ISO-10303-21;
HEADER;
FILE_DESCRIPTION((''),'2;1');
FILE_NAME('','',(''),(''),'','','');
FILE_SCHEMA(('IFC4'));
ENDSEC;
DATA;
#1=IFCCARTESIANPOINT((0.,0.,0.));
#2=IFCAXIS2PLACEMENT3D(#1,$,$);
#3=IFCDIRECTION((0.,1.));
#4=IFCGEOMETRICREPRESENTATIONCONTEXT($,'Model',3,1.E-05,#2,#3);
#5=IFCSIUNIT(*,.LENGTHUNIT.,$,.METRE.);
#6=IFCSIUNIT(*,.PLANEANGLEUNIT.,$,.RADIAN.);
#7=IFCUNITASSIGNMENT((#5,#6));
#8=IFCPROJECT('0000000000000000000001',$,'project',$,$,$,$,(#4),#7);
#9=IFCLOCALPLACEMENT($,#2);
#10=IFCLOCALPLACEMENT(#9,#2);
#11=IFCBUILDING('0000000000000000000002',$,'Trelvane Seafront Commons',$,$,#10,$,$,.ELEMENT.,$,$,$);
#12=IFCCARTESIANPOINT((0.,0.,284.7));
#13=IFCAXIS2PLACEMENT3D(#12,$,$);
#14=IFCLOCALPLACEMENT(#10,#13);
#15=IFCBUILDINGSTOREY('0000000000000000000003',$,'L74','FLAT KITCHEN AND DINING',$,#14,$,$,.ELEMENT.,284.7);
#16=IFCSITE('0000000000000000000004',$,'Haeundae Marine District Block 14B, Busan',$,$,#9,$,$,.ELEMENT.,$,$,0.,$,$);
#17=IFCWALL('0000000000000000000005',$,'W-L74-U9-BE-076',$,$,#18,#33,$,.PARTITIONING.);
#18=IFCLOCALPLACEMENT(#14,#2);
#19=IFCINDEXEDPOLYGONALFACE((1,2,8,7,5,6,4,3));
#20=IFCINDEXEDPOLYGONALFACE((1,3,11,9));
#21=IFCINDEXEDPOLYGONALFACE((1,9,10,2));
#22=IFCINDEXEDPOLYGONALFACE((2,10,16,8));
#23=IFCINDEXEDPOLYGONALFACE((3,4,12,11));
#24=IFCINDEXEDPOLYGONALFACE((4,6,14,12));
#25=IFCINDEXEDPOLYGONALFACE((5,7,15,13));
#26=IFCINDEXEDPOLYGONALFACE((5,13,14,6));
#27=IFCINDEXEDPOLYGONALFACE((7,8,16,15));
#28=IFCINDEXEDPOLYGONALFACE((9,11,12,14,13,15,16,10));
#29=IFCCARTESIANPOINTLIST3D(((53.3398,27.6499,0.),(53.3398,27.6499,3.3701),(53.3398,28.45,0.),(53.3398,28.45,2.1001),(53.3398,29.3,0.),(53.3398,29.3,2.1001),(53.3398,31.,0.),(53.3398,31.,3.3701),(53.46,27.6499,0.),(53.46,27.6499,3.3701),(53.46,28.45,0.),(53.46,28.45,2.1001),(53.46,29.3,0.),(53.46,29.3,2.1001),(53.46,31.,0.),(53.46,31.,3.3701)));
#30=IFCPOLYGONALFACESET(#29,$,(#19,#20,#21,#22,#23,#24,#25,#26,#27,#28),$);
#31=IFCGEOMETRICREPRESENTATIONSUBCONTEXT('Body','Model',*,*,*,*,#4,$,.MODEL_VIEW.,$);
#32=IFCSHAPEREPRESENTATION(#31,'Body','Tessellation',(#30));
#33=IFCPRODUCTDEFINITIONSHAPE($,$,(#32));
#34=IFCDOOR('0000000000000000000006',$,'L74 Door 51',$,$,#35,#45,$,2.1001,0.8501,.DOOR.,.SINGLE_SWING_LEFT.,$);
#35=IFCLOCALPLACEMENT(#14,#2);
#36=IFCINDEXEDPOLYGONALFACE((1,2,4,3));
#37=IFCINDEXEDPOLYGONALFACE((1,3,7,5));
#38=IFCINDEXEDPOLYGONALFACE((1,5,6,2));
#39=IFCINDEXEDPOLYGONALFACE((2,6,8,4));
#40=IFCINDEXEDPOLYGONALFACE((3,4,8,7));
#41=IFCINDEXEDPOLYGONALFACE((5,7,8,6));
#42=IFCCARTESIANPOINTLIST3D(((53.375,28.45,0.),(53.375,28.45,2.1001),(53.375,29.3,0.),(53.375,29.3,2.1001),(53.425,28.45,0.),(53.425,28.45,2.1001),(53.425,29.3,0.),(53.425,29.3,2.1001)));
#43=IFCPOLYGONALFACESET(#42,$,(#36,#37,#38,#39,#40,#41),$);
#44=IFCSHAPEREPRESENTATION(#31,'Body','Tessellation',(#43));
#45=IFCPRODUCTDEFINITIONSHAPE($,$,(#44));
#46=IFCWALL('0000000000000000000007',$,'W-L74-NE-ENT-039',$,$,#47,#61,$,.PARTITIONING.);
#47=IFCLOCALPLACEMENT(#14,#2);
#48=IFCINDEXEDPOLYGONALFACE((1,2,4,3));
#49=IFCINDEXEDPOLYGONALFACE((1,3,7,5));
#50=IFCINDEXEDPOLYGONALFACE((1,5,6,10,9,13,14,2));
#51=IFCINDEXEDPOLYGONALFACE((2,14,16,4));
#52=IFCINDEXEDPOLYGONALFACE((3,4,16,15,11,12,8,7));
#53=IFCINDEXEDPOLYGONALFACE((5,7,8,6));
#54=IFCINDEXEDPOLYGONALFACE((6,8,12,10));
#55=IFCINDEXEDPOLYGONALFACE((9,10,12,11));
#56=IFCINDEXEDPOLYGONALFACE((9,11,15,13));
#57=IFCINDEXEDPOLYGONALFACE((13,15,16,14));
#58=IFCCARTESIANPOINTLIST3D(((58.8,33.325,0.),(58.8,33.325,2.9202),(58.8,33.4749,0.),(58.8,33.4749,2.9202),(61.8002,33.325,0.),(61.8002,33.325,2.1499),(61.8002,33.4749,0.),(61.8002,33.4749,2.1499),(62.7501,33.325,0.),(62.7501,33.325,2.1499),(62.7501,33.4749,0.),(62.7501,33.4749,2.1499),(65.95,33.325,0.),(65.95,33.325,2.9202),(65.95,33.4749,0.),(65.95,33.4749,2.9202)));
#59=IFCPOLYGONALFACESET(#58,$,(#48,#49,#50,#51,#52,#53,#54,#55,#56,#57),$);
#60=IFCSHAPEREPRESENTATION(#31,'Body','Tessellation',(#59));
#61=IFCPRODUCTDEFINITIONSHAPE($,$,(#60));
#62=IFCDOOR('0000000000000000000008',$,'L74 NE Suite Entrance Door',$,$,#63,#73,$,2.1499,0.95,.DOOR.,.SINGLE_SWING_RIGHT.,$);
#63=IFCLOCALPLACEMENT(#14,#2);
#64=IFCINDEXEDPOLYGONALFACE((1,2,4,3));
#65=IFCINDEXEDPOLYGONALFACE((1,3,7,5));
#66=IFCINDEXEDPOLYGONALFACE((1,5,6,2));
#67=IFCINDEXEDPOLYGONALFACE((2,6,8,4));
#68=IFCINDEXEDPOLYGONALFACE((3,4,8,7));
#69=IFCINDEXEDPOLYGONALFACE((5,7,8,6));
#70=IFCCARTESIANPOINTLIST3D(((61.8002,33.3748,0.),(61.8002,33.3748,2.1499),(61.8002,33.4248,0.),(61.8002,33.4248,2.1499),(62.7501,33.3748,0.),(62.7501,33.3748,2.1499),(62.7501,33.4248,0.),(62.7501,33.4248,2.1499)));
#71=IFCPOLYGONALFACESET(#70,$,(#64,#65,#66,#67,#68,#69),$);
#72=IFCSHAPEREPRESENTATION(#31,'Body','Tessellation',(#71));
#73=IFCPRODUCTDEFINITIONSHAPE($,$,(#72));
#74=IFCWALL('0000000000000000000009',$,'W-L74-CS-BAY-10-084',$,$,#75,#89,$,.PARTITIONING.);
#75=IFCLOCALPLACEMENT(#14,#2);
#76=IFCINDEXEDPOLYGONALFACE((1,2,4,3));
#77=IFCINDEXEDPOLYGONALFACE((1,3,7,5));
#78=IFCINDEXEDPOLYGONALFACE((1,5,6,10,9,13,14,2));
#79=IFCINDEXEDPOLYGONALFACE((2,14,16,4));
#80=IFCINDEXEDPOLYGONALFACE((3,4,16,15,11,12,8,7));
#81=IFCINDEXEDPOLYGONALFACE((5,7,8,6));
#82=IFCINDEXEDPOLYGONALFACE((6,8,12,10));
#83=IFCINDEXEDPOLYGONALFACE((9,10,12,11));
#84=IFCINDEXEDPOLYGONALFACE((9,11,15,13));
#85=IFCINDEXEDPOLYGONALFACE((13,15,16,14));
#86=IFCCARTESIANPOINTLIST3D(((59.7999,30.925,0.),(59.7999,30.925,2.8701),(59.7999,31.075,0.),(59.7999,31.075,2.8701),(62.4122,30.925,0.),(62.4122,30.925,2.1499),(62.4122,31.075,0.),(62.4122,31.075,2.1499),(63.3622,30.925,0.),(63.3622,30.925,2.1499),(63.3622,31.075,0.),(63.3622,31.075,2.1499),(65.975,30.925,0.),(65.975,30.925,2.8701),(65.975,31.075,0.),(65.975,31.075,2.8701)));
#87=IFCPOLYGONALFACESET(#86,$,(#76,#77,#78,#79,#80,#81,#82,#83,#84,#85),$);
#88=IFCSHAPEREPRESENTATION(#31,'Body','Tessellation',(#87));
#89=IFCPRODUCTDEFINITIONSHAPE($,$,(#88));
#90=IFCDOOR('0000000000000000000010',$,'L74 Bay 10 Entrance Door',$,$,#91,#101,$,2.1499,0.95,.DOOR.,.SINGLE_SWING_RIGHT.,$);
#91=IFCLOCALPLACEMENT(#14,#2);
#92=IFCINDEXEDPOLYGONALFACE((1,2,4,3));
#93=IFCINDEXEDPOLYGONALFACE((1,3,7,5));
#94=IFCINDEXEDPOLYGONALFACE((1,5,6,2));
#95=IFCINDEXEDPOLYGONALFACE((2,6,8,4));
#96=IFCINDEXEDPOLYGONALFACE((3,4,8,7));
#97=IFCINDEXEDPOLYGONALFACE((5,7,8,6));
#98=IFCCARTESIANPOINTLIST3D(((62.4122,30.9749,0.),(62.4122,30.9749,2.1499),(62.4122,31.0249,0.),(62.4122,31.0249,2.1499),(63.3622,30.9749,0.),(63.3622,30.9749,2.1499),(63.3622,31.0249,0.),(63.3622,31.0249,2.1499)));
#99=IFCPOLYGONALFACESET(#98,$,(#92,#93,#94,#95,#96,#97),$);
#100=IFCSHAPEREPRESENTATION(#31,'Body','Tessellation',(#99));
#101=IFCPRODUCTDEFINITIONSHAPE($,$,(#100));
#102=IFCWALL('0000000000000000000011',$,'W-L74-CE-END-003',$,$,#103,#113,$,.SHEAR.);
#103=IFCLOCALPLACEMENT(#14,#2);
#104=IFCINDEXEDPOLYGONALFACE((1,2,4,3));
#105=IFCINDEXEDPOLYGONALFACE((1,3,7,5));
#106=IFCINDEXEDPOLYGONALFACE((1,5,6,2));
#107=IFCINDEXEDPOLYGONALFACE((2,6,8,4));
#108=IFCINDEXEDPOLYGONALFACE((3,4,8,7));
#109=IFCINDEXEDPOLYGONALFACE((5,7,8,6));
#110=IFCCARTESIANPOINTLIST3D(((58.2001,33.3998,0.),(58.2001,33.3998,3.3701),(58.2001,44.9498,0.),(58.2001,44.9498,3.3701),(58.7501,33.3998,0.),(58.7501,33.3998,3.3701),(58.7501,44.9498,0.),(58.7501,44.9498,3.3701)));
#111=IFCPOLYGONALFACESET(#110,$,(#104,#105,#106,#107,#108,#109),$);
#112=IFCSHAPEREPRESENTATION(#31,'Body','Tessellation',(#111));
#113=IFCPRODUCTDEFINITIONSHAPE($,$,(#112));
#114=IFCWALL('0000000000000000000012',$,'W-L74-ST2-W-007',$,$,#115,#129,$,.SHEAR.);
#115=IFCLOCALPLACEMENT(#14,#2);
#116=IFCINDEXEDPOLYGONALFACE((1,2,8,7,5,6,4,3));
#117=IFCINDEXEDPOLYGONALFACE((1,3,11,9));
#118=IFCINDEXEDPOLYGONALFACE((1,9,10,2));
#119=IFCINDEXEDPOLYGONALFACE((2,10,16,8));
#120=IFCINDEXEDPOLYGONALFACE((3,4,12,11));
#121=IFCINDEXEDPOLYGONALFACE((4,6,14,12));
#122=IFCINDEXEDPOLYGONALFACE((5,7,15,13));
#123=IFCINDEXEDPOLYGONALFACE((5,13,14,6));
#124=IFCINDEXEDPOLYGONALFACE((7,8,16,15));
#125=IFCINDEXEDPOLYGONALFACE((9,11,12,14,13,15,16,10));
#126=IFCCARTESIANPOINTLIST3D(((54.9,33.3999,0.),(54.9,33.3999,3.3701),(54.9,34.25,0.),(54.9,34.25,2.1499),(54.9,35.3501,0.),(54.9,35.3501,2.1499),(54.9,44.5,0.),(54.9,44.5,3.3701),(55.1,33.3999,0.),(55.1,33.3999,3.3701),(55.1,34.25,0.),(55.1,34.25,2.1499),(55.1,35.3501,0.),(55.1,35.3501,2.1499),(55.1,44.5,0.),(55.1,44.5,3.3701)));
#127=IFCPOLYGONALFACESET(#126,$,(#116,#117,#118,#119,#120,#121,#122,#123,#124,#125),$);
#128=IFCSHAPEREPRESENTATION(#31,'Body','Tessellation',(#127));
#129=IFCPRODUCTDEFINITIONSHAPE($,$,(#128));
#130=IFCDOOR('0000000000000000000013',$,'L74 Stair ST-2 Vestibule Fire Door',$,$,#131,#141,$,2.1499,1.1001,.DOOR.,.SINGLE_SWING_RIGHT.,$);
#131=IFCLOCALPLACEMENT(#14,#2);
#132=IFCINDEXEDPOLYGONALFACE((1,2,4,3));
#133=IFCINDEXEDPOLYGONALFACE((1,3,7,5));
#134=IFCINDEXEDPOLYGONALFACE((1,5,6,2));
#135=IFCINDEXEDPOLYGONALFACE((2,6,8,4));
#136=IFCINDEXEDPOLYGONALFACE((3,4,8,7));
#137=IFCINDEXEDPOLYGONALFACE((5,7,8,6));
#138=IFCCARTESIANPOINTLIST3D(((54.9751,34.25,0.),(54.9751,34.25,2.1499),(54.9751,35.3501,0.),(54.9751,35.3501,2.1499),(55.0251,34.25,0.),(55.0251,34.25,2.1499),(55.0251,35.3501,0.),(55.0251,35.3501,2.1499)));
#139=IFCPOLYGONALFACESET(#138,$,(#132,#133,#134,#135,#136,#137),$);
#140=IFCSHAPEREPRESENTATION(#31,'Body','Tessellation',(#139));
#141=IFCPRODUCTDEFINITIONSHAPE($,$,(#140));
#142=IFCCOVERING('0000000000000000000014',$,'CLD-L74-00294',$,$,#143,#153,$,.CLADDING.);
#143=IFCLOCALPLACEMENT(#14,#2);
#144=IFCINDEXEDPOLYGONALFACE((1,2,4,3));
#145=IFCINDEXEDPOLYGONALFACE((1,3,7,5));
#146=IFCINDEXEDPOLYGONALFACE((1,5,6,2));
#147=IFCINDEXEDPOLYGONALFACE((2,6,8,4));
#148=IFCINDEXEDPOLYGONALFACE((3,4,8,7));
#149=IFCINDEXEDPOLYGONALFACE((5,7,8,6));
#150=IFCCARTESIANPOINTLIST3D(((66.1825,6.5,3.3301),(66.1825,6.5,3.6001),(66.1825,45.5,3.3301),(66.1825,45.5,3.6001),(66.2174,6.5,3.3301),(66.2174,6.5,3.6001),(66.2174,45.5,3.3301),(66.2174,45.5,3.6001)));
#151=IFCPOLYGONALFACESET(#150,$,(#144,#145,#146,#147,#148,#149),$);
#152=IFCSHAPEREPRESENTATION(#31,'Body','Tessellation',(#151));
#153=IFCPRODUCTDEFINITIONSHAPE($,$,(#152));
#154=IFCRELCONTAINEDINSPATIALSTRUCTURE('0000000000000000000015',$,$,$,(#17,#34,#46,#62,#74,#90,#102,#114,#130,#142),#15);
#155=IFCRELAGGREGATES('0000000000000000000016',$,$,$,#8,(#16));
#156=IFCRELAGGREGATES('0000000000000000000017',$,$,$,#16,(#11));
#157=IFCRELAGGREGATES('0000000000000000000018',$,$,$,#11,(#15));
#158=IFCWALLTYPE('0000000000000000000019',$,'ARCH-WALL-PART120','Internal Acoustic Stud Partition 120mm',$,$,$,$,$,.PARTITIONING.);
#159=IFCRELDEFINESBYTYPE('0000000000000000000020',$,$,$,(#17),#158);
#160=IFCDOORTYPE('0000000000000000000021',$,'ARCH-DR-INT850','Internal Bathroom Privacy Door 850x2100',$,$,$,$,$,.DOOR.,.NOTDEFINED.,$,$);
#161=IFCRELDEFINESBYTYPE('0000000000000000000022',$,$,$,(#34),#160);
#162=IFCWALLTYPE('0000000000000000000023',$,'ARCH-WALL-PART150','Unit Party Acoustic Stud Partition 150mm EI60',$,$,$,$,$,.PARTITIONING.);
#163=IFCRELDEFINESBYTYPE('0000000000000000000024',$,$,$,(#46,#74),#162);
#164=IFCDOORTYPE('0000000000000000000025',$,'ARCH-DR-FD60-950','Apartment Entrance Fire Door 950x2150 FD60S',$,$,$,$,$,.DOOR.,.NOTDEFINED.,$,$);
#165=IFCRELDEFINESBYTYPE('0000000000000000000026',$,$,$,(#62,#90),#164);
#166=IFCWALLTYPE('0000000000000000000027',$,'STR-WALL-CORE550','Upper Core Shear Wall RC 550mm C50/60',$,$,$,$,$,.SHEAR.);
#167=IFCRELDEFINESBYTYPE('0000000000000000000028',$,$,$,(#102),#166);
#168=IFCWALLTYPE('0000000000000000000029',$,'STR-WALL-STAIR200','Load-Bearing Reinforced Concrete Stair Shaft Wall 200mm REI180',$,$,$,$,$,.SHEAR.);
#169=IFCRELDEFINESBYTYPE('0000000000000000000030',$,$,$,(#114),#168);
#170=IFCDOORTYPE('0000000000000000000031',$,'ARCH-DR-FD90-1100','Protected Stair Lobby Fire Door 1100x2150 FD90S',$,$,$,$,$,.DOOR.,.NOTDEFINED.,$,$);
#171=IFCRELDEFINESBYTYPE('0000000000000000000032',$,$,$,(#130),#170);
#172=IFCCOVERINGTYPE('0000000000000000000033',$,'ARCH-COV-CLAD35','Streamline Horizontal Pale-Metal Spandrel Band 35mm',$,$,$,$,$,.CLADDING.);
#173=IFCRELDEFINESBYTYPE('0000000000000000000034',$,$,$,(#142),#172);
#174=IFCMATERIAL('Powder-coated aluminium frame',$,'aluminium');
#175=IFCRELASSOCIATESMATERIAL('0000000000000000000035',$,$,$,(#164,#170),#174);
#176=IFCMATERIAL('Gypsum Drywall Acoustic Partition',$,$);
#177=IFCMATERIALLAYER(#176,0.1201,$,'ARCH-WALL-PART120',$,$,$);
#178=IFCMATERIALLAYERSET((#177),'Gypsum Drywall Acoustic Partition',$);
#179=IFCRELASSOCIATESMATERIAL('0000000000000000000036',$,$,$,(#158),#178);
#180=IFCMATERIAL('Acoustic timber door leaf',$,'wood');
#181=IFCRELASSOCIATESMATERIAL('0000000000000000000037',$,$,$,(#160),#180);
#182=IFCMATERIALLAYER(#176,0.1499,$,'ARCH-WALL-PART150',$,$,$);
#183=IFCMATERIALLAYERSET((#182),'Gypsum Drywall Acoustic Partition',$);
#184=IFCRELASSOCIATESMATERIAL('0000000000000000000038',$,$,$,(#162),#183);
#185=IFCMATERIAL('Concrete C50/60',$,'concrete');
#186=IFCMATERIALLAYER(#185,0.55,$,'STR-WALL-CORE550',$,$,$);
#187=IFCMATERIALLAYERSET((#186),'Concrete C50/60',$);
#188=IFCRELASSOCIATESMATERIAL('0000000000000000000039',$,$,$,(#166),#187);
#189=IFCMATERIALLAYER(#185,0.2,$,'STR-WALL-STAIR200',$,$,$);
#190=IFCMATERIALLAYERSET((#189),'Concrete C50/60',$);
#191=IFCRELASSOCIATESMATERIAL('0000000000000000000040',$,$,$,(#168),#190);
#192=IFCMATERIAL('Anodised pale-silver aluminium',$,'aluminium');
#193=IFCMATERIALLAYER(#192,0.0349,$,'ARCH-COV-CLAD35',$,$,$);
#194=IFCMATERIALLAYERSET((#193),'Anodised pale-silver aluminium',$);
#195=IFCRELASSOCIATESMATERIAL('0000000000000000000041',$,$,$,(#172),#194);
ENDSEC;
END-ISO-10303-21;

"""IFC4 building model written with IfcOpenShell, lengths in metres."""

from ifc_helpers import new_model, si_unit, direction, frame, frame_2d, origin, origin_2d, place, context, subcontext, project, spatial, rectangle, extrude, source, transform, mapped, material, layer, layer_set, type_object, element, fill, save


model = new_model("IFC4")

# Units and contexts
model_context = context("Model", 3, precision=1e-05, world=origin(), true_north=direction((0.0, 1.0)))
body_context = subcontext(model_context, "Body", "Model", "MODEL_VIEW")
ifc_project = project(units=[si_unit("LENGTHUNIT", "METRE"), si_unit("PLANEANGLEUNIT", "RADIAN")], contexts=[model_context])

# Site, building, storey
site_placement = place(None, origin())
site = spatial("IfcSite", under=ifc_project, at=site_placement, Name="Haeundae Marine District Block 14B, Busan", CompositionType="ELEMENT", RefElevation=0.0)
building_placement = place(site_placement, origin())
building = spatial("IfcBuilding", under=site, at=building_placement, Name="Trelvane Seafront Commons", CompositionType="ELEMENT")
storey_placement = place(building_placement, frame((0.0, 0.0, 284.7)))
storey = spatial("IfcBuildingStorey", under=building, at=storey_placement, Name="L74", Description="FLAT KITCHEN AND DINING", CompositionType="ELEMENT", Elevation=284.7)

# Shared definitions
ifc_material_1 = material(Name="Concrete C50/60", Category="concrete")

# Shared definitions
ifc_material_2 = material(Name="Anodised pale-silver aluminium", Category="aluminium")

# Walls, openings, doors
ifc_material_3 = material(Name="Powder-coated aluminium frame", Category="aluminium")
door_type_1 = type_object("IfcDoorType", Name="ARCH-DR-FD60-950", Description="Apartment Entrance Fire Door 950x2150 FD60S", OperationType="NOTDEFINED", PredefinedType="DOOR", material=ifc_material_3)
shared_shape_1 = source(origin(), body_context, "Body", "SweptSolid", [
    extrude(rectangle(XDim=0.95, YDim=2.1499, at=frame_2d((0.4751, 1.075))), frame((0.0, 0.0249, 0.0), z_axis=(0.0, -1.0, 0.0), x_axis=(1.0, 0.0, 0.0)), (0.0, 0.0, 1.0), 0.05),
])
ifc_material_4 = material(Name="Gypsum Drywall Acoustic Partition")
ifc_layer_1 = layer(ifc_material_4, 0.1201, Name="ARCH-WALL-PART120")
ifc_layer_set_1 = layer_set([ifc_layer_1], Name="Gypsum Drywall Acoustic Partition")
wall_type_1 = type_object("IfcWallType", Name="ARCH-WALL-PART120", Description="Internal Acoustic Stud Partition 120mm", PredefinedType="PARTITIONING", material=ifc_layer_set_1)
wall_1_placement = place(storey_placement, frame((53.3999, 27.6499, 0.0), z_axis=(0.0, 0.0, 1.0), x_axis=(0.0, 1.0, 0.0)))
wall_1 = element("IfcWall", 1, at=wall_1_placement, inside=storey, type_object=wall_type_1, Name="W-L74-U9-BE-076", PredefinedType="PARTITIONING", context=body_context, shape_type="SweptSolid", body=[
    extrude(rectangle(XDim=3.3501, YDim=0.1201, at=frame_2d((1.675, 0.0))), origin(), (0.0, 0.0, 1.0), 3.3701),
])
opening_1_placement = place(wall_1_placement, frame((0.8, 0.0, 0.0)))
opening_1 = element("IfcOpeningElement", 2, at=opening_1_placement, cuts=wall_1, PredefinedType="OPENING", context=body_context, shape_type="SweptSolid", body=[
    extrude(rectangle(XDim=0.8501, YDim=2.1001, at=frame_2d((0.425, 1.05))), frame((0.0, 0.0701, 0.0), z_axis=(0.0, -1.0, 0.0), x_axis=(1.0, 0.0, 0.0)), (0.0, 0.0, 1.0), 0.1401),
])
ifc_material_5 = material(Name="Acoustic timber door leaf", Category="wood")
door_type_2 = type_object("IfcDoorType", Name="ARCH-DR-INT850", Description="Internal Bathroom Privacy Door 850x2100", OperationType="NOTDEFINED", PredefinedType="DOOR", material=ifc_material_5)
shared_shape_2 = source(origin(), body_context, "Body", "SweptSolid", [
    extrude(rectangle(XDim=0.8501, YDim=2.1001, at=frame_2d((0.425, 1.05))), frame((0.0, 0.0249, 0.0), z_axis=(0.0, -1.0, 0.0), x_axis=(1.0, 0.0, 0.0)), (0.0, 0.0, 1.0), 0.05),
])
door_1_placement = place(opening_1_placement, origin())
door_1 = element("IfcDoor", 3, at=door_1_placement, inside=storey, type_object=door_type_2, Name="L74 Door 51", OperationType="SINGLE_SWING_LEFT", OverallHeight=2.1001, OverallWidth=0.8501, PredefinedType="DOOR", context=body_context, shape_type="MappedRepresentation", body=[
    mapped(shared_shape_2, transform((0.0, 0.0, 0.0), x_axis=(1.0, 0.0, 0.0), y_axis=(0.0, 1.0, 0.0), z_axis=(0.0, 0.0, 1.0), scale=1.0)),
])
fill(opening_1, door_1)
ifc_layer_2 = layer(ifc_material_4, 0.1499, Name="ARCH-WALL-PART150")
ifc_layer_set_2 = layer_set([ifc_layer_2], Name="Gypsum Drywall Acoustic Partition")
wall_type_2 = type_object("IfcWallType", Name="ARCH-WALL-PART150", Description="Unit Party Acoustic Stud Partition 150mm EI60", PredefinedType="PARTITIONING", material=ifc_layer_set_2)
wall_2_placement = place(storey_placement, frame((58.8, 33.3999, 0.0), z_axis=(0.0, 0.0, 1.0), x_axis=(1.0, 0.0, 0.0)))
wall_2 = element("IfcWall", 4, at=wall_2_placement, inside=storey, type_object=wall_type_2, Name="W-L74-NE-ENT-039", PredefinedType="PARTITIONING", context=body_context, shape_type="SweptSolid", body=[
    extrude(rectangle(XDim=7.1499, YDim=0.1499, at=frame_2d((3.575, 0.0))), origin(), (0.0, 0.0, 1.0), 2.9202),
])
opening_2_placement = place(wall_2_placement, frame((3.0, 0.0, 0.0)))
opening_2 = element("IfcOpeningElement", 5, at=opening_2_placement, cuts=wall_2, PredefinedType="OPENING", context=body_context, shape_type="SweptSolid", body=[
    extrude(rectangle(XDim=0.95, YDim=2.1499, at=frame_2d((0.4751, 1.075))), frame((0.0, 0.085, 0.0), z_axis=(0.0, -1.0, 0.0), x_axis=(1.0, 0.0, 0.0)), (0.0, 0.0, 1.0), 0.1699),
])
door_2_placement = place(opening_2_placement, origin())
door_2 = element("IfcDoor", 6, at=door_2_placement, inside=storey, type_object=door_type_1, Name="L74 NE Suite Entrance Door", OperationType="SINGLE_SWING_RIGHT", OverallHeight=2.1499, OverallWidth=0.95, PredefinedType="DOOR", context=body_context, shape_type="MappedRepresentation", body=[
    mapped(shared_shape_1, transform((0.0, 0.0, 0.0), x_axis=(1.0, 0.0, 0.0), y_axis=(0.0, 1.0, 0.0), z_axis=(0.0, 0.0, 1.0), scale=1.0)),
])
fill(opening_2, door_2)
wall_3_placement = place(storey_placement, frame((59.8, 31.0, 0.0), z_axis=(0.0, 0.0, 1.0), x_axis=(1.0, 0.0, 0.0)))
wall_3 = element("IfcWall", 7, at=wall_3_placement, inside=storey, type_object=wall_type_2, Name="W-L74-CS-BAY-10-084", PredefinedType="PARTITIONING", context=body_context, shape_type="SweptSolid", body=[
    extrude(rectangle(XDim=6.175, YDim=0.1499, at=frame_2d((3.0874, 0.0))), origin(), (0.0, 0.0, 1.0), 2.8701),
])
opening_3_placement = place(wall_3_placement, frame((2.6121, 0.0, 0.0)))
opening_3 = element("IfcOpeningElement", 8, at=opening_3_placement, cuts=wall_3, PredefinedType="OPENING", context=body_context, shape_type="SweptSolid", body=[
    extrude(rectangle(XDim=0.95, YDim=2.1499, at=frame_2d((0.4751, 1.075))), frame((0.0, 0.085, 0.0), z_axis=(0.0, -1.0, 0.0), x_axis=(1.0, 0.0, 0.0)), (0.0, 0.0, 1.0), 0.1699),
])
door_3_placement = place(opening_3_placement, origin())
door_3 = element("IfcDoor", 9, at=door_3_placement, inside=storey, type_object=door_type_1, Name="L74 Bay 10 Entrance Door", OperationType="SINGLE_SWING_RIGHT", OverallHeight=2.1499, OverallWidth=0.95, PredefinedType="DOOR", context=body_context, shape_type="MappedRepresentation", body=[
    mapped(shared_shape_1, transform((0.0, 0.0, 0.0), x_axis=(1.0, 0.0, 0.0), y_axis=(0.0, 1.0, 0.0), z_axis=(0.0, 0.0, 1.0), scale=1.0)),
])
fill(opening_3, door_3)

# Wall
ifc_layer_3 = layer(ifc_material_1, 0.55, Name="STR-WALL-CORE550")
ifc_layer_set_3 = layer_set([ifc_layer_3], Name="Concrete C50/60")
wall_type_3 = type_object("IfcWallType", Name="STR-WALL-CORE550", Description="Upper Core Shear Wall RC 550mm C50/60", PredefinedType="SHEAR", material=ifc_layer_set_3)
wall_4_placement = place(storey_placement, frame((58.4751, 33.3999, 0.0), z_axis=(0.0, 0.0, 1.0), x_axis=(0.0, 1.0, 0.0)))
element("IfcWall", 10, at=wall_4_placement, inside=storey, type_object=wall_type_3, Name="W-L74-CE-END-003", PredefinedType="SHEAR", context=body_context, shape_type="SweptSolid", body=[
    extrude(rectangle(XDim=11.55, YDim=0.55, at=frame_2d((5.7749, 0.0))), origin(), (0.0, 0.0, 1.0), 3.3701),
])

# Wall, opening, door
ifc_layer_4 = layer(ifc_material_1, 0.2, Name="STR-WALL-STAIR200")
ifc_layer_set_4 = layer_set([ifc_layer_4], Name="Concrete C50/60")
wall_type_4 = type_object("IfcWallType", Name="STR-WALL-STAIR200", Description="Load-Bearing Reinforced Concrete Stair Shaft Wall 200mm REI180", PredefinedType="SHEAR", material=ifc_layer_set_4)
wall_5_placement = place(storey_placement, frame((55.0, 33.3999, 0.0), z_axis=(0.0, 0.0, 1.0), x_axis=(0.0, 1.0, 0.0)))
wall_5 = element("IfcWall", 11, at=wall_5_placement, inside=storey, type_object=wall_type_4, Name="W-L74-ST2-W-007", PredefinedType="SHEAR", context=body_context, shape_type="SweptSolid", body=[
    extrude(rectangle(XDim=11.1001, YDim=0.2, at=frame_2d((5.55, 0.0))), origin(), (0.0, 0.0, 1.0), 3.3701),
])
opening_4_placement = place(wall_5_placement, frame((0.8501, 0.0, 0.0)))
opening_4 = element("IfcOpeningElement", 12, at=opening_4_placement, cuts=wall_5, PredefinedType="OPENING", context=body_context, shape_type="SweptSolid", body=[
    extrude(rectangle(XDim=1.1001, YDim=2.1499, at=frame_2d((0.55, 1.075))), frame((0.0, 0.1099, 0.0), z_axis=(0.0, -1.0, 0.0), x_axis=(1.0, 0.0, 0.0)), (0.0, 0.0, 1.0), 0.22),
])
door_type_3 = type_object("IfcDoorType", Name="ARCH-DR-FD90-1100", Description="Protected Stair Lobby Fire Door 1100x2150 FD90S", OperationType="NOTDEFINED", PredefinedType="DOOR", material=ifc_material_3)
shared_shape_3 = source(origin(), body_context, "Body", "SweptSolid", [
    extrude(rectangle(XDim=1.1001, YDim=2.1499, at=frame_2d((0.55, 1.075))), frame((0.0, 0.0249, 0.0), z_axis=(0.0, -1.0, 0.0), x_axis=(1.0, 0.0, 0.0)), (0.0, 0.0, 1.0), 0.05),
])
door_4_placement = place(opening_4_placement, origin())
door_4 = element("IfcDoor", 13, at=door_4_placement, inside=storey, type_object=door_type_3, Name="L74 Stair ST-2 Vestibule Fire Door", OperationType="SINGLE_SWING_RIGHT", OverallHeight=2.1499, OverallWidth=1.1001, PredefinedType="DOOR", context=body_context, shape_type="MappedRepresentation", body=[
    mapped(shared_shape_3, transform((0.0, 0.0, 0.0), x_axis=(1.0, 0.0, 0.0), y_axis=(0.0, 1.0, 0.0), z_axis=(0.0, 0.0, 1.0), scale=1.0)),
])
fill(opening_4, door_4)

# Covering
ifc_layer_5 = layer(ifc_material_2, 0.0349, Name="ARCH-COV-CLAD35")
ifc_layer_set_5 = layer_set([ifc_layer_5], Name="Anodised pale-silver aluminium")
covering_type = type_object("IfcCoveringType", Name="ARCH-COV-CLAD35", Description="Streamline Horizontal Pale-Metal Spandrel Band 35mm", PredefinedType="CLADDING", material=ifc_layer_set_5)
shared_shape_4 = source(origin(), body_context, "Body", "SweptSolid", [
    extrude(rectangle(XDim=39.0, YDim=0.0349, at=origin_2d()), origin(), (0.0, 0.0, 1.0), 0.27),
])
covering_placement = place(storey_placement, frame((66.2, 26.0, 3.3301), z_axis=(0.0, 0.0, 1.0), x_axis=(0.0, -1.0, 0.0)))
element("IfcCovering", 14, at=covering_placement, inside=storey, type_object=covering_type, Name="CLD-L74-00294", PredefinedType="CLADDING", context=body_context, shape_type="MappedRepresentation", body=[
    mapped(shared_shape_4, transform((0.0, 0.0, 0.0), x_axis=(1.0, 0.0, 0.0), y_axis=(0.0, 1.0, 0.0), z_axis=(0.0, 0.0, 1.0), scale=1.0)),
])

save(model, "model.ifc")
